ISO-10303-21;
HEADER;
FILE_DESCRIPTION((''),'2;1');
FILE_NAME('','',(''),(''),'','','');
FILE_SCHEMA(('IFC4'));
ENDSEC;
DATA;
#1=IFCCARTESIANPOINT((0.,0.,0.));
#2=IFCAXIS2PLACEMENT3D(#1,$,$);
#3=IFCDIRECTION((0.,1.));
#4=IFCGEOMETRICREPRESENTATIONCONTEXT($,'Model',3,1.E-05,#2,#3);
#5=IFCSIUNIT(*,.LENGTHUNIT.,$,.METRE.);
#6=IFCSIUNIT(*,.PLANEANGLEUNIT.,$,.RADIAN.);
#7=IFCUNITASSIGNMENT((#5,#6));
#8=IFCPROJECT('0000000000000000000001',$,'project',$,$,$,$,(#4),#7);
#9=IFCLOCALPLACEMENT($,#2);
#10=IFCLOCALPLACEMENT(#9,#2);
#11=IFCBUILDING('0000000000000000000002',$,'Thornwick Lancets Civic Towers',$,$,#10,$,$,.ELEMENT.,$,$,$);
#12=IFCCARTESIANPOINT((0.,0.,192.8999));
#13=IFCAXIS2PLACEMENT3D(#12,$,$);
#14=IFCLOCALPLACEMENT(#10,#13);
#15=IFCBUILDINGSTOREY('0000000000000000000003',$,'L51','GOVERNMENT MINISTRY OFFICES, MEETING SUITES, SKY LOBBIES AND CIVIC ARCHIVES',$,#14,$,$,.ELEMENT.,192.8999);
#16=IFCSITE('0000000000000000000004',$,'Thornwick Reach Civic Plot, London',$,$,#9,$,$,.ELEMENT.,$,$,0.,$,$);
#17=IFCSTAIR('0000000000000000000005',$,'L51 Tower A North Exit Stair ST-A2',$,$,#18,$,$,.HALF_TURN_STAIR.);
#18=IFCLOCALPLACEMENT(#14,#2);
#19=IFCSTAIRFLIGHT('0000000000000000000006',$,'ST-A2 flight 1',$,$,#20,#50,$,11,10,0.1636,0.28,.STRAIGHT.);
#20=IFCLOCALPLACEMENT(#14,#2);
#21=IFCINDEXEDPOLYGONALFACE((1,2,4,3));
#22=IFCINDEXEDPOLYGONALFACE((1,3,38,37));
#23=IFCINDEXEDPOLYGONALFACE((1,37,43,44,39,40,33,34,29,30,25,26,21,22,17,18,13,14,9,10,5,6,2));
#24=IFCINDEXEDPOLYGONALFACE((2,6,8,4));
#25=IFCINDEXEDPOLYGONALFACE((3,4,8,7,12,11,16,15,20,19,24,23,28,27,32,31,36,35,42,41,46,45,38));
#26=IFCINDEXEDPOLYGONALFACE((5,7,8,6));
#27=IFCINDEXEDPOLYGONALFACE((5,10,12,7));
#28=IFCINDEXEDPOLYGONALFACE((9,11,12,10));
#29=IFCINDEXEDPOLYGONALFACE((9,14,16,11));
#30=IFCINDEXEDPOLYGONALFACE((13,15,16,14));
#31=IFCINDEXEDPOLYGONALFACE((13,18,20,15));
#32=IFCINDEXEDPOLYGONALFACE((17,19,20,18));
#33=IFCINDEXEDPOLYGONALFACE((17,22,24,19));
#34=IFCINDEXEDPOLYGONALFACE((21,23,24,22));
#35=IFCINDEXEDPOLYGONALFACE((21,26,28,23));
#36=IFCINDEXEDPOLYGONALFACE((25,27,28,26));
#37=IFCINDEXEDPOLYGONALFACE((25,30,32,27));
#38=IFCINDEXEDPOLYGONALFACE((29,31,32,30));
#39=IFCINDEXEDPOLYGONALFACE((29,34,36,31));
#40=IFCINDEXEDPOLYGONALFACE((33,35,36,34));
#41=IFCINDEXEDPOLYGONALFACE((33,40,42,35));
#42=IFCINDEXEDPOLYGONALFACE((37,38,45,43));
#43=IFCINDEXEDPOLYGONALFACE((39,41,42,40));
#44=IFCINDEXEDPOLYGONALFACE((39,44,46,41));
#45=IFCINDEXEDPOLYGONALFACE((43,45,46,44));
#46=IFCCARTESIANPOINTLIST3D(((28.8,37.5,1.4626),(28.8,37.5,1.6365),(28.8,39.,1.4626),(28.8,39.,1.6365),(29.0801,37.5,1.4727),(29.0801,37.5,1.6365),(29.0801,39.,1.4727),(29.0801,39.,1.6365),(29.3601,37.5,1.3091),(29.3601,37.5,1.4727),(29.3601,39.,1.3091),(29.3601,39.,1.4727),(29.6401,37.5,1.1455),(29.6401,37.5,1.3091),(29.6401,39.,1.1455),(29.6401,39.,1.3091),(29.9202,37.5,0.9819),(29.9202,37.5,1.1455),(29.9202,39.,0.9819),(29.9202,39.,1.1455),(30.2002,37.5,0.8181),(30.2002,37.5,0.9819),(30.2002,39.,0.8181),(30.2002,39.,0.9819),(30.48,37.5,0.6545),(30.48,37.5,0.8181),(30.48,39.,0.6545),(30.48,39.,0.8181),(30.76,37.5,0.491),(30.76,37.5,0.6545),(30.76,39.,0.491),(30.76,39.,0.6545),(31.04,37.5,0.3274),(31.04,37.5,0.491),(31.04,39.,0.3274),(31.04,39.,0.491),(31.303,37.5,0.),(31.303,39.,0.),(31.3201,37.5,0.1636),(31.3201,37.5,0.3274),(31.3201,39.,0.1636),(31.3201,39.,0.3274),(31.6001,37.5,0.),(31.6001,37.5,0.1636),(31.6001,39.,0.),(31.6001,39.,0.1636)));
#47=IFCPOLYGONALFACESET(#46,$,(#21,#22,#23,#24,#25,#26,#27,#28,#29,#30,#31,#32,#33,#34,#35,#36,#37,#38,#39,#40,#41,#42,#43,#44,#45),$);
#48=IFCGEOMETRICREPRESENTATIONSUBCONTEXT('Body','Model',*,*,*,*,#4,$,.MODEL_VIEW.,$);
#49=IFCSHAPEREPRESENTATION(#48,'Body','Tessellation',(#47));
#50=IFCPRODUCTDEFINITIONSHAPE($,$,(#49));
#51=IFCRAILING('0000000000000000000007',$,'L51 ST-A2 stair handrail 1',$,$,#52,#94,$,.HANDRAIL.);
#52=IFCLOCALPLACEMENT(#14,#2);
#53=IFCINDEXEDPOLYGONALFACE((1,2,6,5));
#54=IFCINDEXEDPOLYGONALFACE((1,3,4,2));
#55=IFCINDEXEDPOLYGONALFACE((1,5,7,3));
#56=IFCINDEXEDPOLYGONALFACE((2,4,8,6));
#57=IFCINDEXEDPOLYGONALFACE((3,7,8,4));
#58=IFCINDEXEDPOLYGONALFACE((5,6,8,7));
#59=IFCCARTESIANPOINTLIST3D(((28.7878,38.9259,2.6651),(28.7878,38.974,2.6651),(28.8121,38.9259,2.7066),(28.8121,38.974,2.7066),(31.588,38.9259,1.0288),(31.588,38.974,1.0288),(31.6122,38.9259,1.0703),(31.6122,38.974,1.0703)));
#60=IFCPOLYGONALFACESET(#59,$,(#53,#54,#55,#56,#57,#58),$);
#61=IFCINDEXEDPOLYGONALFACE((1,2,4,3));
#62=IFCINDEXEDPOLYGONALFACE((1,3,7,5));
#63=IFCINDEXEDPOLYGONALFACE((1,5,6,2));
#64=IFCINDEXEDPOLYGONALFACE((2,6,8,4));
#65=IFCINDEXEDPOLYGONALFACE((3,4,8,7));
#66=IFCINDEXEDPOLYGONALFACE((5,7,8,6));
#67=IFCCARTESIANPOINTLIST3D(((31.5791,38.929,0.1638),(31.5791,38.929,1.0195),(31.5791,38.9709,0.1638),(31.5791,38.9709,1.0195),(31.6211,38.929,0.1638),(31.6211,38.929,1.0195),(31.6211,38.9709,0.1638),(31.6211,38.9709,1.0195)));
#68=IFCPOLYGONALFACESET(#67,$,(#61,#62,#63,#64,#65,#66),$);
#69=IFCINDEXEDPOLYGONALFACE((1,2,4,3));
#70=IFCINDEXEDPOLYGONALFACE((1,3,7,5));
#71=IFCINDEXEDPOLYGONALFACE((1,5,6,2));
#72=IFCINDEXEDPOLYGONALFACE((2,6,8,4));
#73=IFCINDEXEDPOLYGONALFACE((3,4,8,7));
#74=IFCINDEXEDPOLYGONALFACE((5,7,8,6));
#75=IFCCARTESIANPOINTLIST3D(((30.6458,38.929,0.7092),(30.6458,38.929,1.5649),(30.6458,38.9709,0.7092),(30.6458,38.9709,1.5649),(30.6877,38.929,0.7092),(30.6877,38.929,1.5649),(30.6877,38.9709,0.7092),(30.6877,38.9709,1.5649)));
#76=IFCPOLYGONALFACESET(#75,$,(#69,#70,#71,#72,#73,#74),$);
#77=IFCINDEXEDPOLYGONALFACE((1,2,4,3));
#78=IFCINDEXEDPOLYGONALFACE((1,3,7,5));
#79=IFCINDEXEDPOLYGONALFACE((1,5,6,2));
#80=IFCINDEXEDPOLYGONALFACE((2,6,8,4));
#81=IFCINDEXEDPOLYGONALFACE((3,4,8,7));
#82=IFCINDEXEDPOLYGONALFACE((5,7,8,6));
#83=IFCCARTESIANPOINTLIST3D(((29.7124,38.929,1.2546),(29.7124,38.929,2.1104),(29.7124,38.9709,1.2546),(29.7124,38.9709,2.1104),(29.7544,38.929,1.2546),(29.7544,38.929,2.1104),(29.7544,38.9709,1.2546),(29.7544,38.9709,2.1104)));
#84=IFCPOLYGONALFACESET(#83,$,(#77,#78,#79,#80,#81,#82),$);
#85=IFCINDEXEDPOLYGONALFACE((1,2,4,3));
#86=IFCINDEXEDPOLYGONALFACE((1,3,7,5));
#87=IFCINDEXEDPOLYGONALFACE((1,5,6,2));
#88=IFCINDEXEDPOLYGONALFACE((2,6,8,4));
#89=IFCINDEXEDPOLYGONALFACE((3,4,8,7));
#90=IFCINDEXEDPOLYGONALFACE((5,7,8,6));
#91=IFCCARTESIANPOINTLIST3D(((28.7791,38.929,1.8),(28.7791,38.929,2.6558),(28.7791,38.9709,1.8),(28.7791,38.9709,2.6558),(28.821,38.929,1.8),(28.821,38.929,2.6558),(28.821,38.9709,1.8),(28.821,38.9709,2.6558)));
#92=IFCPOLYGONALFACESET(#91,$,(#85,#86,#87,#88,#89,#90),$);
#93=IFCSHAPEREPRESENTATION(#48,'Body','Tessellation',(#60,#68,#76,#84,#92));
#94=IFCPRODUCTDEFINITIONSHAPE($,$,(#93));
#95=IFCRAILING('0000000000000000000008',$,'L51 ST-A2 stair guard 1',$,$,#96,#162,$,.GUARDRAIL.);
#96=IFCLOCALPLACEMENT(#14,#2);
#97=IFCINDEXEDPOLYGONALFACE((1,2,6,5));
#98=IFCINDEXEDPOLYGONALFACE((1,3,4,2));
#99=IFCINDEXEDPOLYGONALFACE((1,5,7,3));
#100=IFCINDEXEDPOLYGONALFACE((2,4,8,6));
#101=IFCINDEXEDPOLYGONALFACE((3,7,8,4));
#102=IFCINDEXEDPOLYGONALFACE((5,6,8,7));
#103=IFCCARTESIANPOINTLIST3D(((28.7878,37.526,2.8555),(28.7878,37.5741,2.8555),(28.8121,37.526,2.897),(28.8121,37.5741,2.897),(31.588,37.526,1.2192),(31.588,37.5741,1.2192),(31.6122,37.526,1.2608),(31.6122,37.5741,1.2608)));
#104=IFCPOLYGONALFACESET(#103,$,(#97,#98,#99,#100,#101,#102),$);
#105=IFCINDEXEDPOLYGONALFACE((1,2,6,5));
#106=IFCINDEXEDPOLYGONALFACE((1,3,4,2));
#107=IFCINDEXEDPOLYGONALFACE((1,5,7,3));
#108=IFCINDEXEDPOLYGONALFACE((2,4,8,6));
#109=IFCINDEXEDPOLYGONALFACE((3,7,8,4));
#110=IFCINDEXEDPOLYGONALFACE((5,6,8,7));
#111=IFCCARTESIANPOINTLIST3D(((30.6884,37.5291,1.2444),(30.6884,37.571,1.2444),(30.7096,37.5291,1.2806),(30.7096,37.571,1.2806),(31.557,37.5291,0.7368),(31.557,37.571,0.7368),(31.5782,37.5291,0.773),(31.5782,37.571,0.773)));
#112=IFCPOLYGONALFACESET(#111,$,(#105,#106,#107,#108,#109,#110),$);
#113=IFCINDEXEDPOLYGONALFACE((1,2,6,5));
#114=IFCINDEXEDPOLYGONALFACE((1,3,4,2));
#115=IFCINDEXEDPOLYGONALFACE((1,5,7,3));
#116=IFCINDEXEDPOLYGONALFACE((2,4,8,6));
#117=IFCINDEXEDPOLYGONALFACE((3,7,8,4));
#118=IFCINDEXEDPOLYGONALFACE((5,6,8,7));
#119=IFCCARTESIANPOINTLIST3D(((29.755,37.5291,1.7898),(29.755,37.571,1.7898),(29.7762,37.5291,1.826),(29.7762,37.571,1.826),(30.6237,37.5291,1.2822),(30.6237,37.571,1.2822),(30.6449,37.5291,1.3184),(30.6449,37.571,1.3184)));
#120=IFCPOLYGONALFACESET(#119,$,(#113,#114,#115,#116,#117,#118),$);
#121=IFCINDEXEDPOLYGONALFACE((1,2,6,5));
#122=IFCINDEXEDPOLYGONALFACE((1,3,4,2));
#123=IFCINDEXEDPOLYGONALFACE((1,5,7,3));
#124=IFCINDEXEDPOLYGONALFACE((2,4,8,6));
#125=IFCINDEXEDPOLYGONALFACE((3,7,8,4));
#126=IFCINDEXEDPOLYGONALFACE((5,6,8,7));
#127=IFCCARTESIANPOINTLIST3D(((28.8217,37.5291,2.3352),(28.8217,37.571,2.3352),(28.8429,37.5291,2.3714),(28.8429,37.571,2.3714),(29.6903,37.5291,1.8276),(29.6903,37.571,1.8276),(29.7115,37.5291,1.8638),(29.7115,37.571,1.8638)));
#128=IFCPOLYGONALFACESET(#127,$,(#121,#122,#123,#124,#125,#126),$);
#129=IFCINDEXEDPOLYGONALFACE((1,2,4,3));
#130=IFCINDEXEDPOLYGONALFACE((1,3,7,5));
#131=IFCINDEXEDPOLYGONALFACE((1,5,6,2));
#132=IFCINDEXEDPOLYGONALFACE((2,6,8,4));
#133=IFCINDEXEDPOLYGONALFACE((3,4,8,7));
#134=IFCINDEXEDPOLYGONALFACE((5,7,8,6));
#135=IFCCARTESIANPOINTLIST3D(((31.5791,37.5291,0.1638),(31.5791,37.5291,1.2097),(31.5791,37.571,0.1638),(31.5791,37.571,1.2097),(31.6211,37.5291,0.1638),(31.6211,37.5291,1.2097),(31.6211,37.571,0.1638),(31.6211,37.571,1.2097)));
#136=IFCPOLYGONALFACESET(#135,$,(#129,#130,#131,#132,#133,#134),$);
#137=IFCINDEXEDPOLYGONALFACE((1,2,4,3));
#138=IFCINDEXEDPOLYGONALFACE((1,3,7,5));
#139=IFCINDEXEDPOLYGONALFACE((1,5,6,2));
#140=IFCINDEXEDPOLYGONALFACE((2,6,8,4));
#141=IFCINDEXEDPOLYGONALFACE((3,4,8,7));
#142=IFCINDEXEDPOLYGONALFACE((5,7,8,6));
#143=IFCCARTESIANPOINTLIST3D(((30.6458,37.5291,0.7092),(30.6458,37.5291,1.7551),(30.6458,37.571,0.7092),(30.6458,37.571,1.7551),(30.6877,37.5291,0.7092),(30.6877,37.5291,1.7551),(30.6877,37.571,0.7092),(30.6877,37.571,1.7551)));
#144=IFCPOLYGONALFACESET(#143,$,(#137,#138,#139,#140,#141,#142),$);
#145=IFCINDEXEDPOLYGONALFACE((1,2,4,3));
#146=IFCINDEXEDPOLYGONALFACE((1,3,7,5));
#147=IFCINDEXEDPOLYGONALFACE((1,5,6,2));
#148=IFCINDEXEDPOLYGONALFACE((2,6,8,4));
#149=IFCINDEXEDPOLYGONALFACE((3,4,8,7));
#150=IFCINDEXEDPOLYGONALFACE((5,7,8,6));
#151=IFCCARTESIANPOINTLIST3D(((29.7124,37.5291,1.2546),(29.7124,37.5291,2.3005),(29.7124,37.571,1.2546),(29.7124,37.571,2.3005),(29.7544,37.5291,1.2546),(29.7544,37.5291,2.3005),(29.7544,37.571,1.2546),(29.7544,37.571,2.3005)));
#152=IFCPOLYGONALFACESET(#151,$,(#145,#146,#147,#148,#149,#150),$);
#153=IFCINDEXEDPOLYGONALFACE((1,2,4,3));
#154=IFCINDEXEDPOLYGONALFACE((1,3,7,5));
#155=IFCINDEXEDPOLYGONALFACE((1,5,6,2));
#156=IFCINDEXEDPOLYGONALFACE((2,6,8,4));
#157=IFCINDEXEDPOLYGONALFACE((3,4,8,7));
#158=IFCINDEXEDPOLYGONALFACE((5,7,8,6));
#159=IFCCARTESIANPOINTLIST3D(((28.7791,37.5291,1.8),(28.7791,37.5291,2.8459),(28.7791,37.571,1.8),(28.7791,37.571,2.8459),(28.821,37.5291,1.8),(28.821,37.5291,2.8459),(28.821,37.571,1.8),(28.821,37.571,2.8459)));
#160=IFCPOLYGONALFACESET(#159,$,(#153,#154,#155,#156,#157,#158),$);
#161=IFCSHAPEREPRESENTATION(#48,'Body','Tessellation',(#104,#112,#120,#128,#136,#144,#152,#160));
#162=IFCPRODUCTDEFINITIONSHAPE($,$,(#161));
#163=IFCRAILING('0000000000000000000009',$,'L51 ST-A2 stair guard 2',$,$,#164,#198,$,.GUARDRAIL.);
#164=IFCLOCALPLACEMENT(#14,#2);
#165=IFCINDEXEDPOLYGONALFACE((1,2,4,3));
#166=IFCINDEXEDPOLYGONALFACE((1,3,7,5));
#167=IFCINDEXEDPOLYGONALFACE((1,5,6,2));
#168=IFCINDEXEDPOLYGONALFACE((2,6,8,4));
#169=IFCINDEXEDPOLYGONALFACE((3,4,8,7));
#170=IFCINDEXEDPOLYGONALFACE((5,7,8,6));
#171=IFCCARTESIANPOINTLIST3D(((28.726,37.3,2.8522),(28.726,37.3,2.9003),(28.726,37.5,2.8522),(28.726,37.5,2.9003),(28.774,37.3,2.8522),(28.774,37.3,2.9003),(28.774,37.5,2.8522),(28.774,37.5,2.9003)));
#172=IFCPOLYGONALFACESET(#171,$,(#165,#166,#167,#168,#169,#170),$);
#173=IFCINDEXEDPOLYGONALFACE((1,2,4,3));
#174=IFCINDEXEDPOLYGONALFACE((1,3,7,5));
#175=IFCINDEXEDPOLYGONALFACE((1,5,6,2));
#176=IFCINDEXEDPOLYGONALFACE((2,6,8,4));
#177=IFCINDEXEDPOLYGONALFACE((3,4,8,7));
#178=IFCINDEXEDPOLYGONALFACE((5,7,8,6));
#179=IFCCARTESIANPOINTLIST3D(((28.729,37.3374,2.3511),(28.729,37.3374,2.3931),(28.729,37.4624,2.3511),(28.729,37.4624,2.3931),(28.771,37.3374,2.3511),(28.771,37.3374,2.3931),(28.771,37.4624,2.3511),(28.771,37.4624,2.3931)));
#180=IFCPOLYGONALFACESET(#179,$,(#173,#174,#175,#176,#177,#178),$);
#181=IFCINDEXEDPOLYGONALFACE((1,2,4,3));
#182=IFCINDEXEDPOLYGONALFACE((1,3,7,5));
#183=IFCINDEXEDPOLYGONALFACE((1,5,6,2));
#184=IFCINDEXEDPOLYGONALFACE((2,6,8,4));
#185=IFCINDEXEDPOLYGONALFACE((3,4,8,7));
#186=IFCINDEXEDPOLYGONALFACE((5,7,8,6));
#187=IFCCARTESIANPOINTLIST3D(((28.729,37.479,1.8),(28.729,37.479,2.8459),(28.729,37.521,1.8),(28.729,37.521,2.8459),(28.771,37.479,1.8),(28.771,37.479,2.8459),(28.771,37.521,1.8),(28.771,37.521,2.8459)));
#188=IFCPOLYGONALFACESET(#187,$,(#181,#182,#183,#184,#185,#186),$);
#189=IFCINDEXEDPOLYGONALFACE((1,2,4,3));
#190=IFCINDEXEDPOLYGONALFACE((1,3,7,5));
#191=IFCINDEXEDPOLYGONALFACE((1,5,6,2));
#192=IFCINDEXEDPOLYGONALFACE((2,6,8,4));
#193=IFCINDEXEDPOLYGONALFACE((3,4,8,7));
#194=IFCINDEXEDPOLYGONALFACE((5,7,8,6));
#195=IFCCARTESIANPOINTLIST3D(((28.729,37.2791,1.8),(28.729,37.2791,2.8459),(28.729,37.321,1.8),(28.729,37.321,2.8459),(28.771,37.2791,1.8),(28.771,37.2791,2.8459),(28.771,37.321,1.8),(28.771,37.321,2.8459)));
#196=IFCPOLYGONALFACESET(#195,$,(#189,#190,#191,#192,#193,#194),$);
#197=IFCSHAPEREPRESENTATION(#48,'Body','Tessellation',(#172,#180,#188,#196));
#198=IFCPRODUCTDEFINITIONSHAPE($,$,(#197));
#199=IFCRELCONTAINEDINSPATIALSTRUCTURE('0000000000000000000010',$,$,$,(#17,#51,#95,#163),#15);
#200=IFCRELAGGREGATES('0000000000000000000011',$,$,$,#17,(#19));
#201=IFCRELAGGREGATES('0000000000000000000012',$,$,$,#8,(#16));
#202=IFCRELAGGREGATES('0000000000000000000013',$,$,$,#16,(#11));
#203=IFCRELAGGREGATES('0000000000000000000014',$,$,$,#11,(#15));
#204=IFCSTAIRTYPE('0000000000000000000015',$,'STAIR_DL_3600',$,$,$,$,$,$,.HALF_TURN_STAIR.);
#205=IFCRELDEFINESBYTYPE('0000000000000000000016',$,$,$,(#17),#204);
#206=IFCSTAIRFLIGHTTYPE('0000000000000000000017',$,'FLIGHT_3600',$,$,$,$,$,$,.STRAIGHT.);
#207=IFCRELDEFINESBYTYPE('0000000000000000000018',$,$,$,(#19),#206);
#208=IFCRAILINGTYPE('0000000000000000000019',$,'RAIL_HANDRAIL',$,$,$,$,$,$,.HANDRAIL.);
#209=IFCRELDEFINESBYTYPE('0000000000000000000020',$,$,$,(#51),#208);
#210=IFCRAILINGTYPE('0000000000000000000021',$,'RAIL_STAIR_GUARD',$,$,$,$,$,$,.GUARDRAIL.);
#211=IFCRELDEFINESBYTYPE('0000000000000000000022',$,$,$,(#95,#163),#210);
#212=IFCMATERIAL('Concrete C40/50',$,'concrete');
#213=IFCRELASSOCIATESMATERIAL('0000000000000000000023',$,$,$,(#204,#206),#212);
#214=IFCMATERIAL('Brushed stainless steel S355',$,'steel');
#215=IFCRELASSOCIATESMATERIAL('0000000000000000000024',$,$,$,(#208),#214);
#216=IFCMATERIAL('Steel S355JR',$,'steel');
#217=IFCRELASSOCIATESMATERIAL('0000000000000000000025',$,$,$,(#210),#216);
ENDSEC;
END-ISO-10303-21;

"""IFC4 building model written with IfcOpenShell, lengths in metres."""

from ifc_helpers import new_model, si_unit, direction, frame, origin, origin_2d, place, context, subcontext, project, spatial, polyline, rectangle, outline, extrude, material, type_object, element, aggregate, save


model = new_model("IFC4")

# Units and contexts
model_context = context("Model", 3, precision=1e-05, world=origin(), true_north=direction((0.0, 1.0)))
body_context = subcontext(model_context, "Body", "Model", "MODEL_VIEW")
ifc_project = project(units=[si_unit("LENGTHUNIT", "METRE"), si_unit("PLANEANGLEUNIT", "RADIAN")], contexts=[model_context])

# Site, building, storey
site_placement = place(None, origin())
site = spatial("IfcSite", under=ifc_project, at=site_placement, Name="Thornwick Reach Civic Plot, London", CompositionType="ELEMENT", RefElevation=0.0)
building_placement = place(site_placement, origin())
building = spatial("IfcBuilding", under=site, at=building_placement, Name="Thornwick Lancets Civic Towers", CompositionType="ELEMENT")
storey_placement = place(building_placement, frame((0.0, 0.0, 192.8999)))
storey = spatial("IfcBuildingStorey", under=building, at=storey_placement, Name="L51", Description="GOVERNMENT MINISTRY OFFICES, MEETING SUITES, SKY LOBBIES AND CIVIC ARCHIVES", CompositionType="ELEMENT", Elevation=192.8999)

# Shared definitions
ifc_material_1 = material(Name="Steel S355JR", Category="steel")
ifc_material_2 = material(Name="Concrete C40/50", Category="concrete")

# Stair, stair flight
stair_type = type_object("IfcStairType", Name="STAIR_DL_3600", PredefinedType="HALF_TURN_STAIR", material=ifc_material_2)
stair_placement = place(storey_placement, origin())
stair = element("IfcStair", 1, at=stair_placement, inside=storey, type_object=stair_type, Name="L51 Tower A North Exit Stair ST-A2", PredefinedType="HALF_TURN_STAIR")
stair_flight_type = type_object("IfcStairFlightType", Name="FLIGHT_3600", PredefinedType="STRAIGHT", material=ifc_material_2)
stair_flight_placement = place(storey_placement, frame((31.6001, 38.25, 0.0), z_axis=(0.0, 0.0, 1.0), x_axis=(-1.0, 0.0, 0.0)))
stair_flight = element("IfcStairFlight", 2, at=stair_flight_placement, type_object=stair_flight_type, Name="ST-A2 flight 1", NumberOfRisers=11, NumberOfTreads=10, PredefinedType="STRAIGHT", RiserHeight=0.1636, TreadLength=0.28, context=body_context, shape_type="SweptSolid", body=[
    extrude(outline(polyline([(0.0, 0.0), (0.0, 0.1636), (0.28, 0.1636), (0.28, 0.3274), (0.5601, 0.3274), (0.5601, 0.491), (0.8401, 0.491), (0.8401, 0.6545), (1.1201, 0.6545), (1.1201, 0.8181), (1.3999, 0.8181), (1.3999, 0.9819), (1.6799, 0.9819), (1.6799, 1.1455), (1.96, 1.1455), (1.96, 1.3091), (2.24, 1.3091), (2.24, 1.4727), (2.52, 1.4727), (2.52, 1.6365), (2.8, 1.6365), (2.8, 1.8), (2.8, 1.4626), (0.2971, 0.0), (0.0, 0.0)])), frame((0.0, 0.75, 0.0), z_axis=(0.0, -1.0, 0.0), x_axis=(1.0, 0.0, 0.0)), (0.0, 0.0, 1.0), 1.5),
])
aggregate(stair, [stair_flight])

# Railings
ifc_material_3 = material(Name="Brushed stainless steel S355", Category="steel")
railing_type_1 = type_object("IfcRailingType", Name="RAIL_HANDRAIL", PredefinedType="HANDRAIL", material=ifc_material_3)
railing_1_placement = place(storey_placement, frame((31.6001, 38.95, 0.1638)))
element("IfcRailing", 3, at=railing_1_placement, inside=storey, type_object=railing_type_1, Name="L51 ST-A2 stair handrail 1", PredefinedType="HANDRAIL", context=body_context, shape_type="SweptSolid", body=[
    extrude(rectangle(XDim=0.0481, YDim=0.0481, at=origin_2d()), frame((0.0, 0.0, 0.8857), z_axis=(-0.863394, 0.0, 0.504531), x_axis=(0.0, -1.0, 0.0)), (0.0, 0.0, 1.0), 3.2432),
    extrude(rectangle(XDim=0.042, YDim=0.042, at=origin_2d()), origin(), (0.0, 0.0, 1.0), 0.8557),
    extrude(rectangle(XDim=0.042, YDim=0.042, at=origin_2d()), frame((-0.9333, 0.0, 0.5454)), (0.0, 0.0, 1.0), 0.8557),
    extrude(rectangle(XDim=0.042, YDim=0.042, at=origin_2d()), frame((-1.8667, 0.0, 1.0908)), (0.0, 0.0, 1.0), 0.8557),
    extrude(rectangle(XDim=0.042, YDim=0.042, at=origin_2d()), frame((-2.8, 0.0, 1.6362)), (0.0, 0.0, 1.0), 0.8557),
])
railing_type_2 = type_object("IfcRailingType", Name="RAIL_STAIR_GUARD", PredefinedType="GUARDRAIL", material=ifc_material_1)
railing_2_placement = place(storey_placement, frame((31.6001, 37.55, 0.1638)))
element("IfcRailing", 4, at=railing_2_placement, inside=storey, type_object=railing_type_2, Name="L51 ST-A2 stair guard 1", PredefinedType="GUARDRAIL", context=body_context, shape_type="SweptSolid", body=[
    extrude(rectangle(XDim=0.0481, YDim=0.0481, at=origin_2d()), frame((0.0, 0.0, 1.0762), z_axis=(-0.863394, 0.0, 0.504531), x_axis=(0.0, -1.0, 0.0)), (0.0, 0.0, 1.0), 3.2432),
    extrude(rectangle(XDim=0.042, YDim=0.042, at=origin_2d()), frame((-0.0325, 0.0, 0.5911), z_axis=(-0.863394, 0.0, 0.504531), x_axis=(0.0, -1.0, 0.0)), (0.0, 0.0, 1.0), 1.0061),
    extrude(rectangle(XDim=0.042, YDim=0.042, at=origin_2d()), frame((-0.9658, 0.0, 1.1365), z_axis=(-0.863394, 0.0, 0.504531), x_axis=(0.0, -1.0, 0.0)), (0.0, 0.0, 1.0), 1.0061),
    extrude(rectangle(XDim=0.042, YDim=0.042, at=origin_2d()), frame((-1.8992, 0.0, 1.6819), z_axis=(-0.863394, 0.0, 0.504531), x_axis=(0.0, -1.0, 0.0)), (0.0, 0.0, 1.0), 1.0061),
    extrude(rectangle(XDim=0.042, YDim=0.042, at=origin_2d()), origin(), (0.0, 0.0, 1.0), 1.0459),
    extrude(rectangle(XDim=0.042, YDim=0.042, at=origin_2d()), frame((-0.9333, 0.0, 0.5454)), (0.0, 0.0, 1.0), 1.0459),
    extrude(rectangle(XDim=0.042, YDim=0.042, at=origin_2d()), frame((-1.8667, 0.0, 1.0908)), (0.0, 0.0, 1.0), 1.0459),
    extrude(rectangle(XDim=0.042, YDim=0.042, at=origin_2d()), frame((-2.8, 0.0, 1.6362)), (0.0, 0.0, 1.0), 1.0459),
])
railing_3_placement = place(storey_placement, frame((28.75, 37.5, 1.8)))
element("IfcRailing", 5, at=railing_3_placement, inside=storey, type_object=railing_type_2, Name="L51 ST-A2 stair guard 2", PredefinedType="GUARDRAIL", context=body_context, shape_type="SweptSolid", body=[
    extrude(rectangle(XDim=0.0481, YDim=0.0481, at=origin_2d()), frame((0.0, 0.0, 1.0762), z_axis=(0.0, -1.0, 0.0), x_axis=(1.0, 0.0, 0.0)), (0.0, 0.0, 1.0), 0.2),
    extrude(rectangle(XDim=0.042, YDim=0.042, at=origin_2d()), frame((0.0, -0.0376, 0.572), z_axis=(0.0, -1.0, 0.0), x_axis=(1.0, 0.0, 0.0)), (0.0, 0.0, 1.0), 0.125),
    extrude(rectangle(XDim=0.042, YDim=0.042, at=origin_2d()), origin(), (0.0, 0.0, 1.0), 1.0459),
    extrude(rectangle(XDim=0.042, YDim=0.042, at=origin_2d()), frame((0.0, -0.2, 0.0)), (0.0, 0.0, 1.0), 1.0459),
])

save(model, "model.ifc")
